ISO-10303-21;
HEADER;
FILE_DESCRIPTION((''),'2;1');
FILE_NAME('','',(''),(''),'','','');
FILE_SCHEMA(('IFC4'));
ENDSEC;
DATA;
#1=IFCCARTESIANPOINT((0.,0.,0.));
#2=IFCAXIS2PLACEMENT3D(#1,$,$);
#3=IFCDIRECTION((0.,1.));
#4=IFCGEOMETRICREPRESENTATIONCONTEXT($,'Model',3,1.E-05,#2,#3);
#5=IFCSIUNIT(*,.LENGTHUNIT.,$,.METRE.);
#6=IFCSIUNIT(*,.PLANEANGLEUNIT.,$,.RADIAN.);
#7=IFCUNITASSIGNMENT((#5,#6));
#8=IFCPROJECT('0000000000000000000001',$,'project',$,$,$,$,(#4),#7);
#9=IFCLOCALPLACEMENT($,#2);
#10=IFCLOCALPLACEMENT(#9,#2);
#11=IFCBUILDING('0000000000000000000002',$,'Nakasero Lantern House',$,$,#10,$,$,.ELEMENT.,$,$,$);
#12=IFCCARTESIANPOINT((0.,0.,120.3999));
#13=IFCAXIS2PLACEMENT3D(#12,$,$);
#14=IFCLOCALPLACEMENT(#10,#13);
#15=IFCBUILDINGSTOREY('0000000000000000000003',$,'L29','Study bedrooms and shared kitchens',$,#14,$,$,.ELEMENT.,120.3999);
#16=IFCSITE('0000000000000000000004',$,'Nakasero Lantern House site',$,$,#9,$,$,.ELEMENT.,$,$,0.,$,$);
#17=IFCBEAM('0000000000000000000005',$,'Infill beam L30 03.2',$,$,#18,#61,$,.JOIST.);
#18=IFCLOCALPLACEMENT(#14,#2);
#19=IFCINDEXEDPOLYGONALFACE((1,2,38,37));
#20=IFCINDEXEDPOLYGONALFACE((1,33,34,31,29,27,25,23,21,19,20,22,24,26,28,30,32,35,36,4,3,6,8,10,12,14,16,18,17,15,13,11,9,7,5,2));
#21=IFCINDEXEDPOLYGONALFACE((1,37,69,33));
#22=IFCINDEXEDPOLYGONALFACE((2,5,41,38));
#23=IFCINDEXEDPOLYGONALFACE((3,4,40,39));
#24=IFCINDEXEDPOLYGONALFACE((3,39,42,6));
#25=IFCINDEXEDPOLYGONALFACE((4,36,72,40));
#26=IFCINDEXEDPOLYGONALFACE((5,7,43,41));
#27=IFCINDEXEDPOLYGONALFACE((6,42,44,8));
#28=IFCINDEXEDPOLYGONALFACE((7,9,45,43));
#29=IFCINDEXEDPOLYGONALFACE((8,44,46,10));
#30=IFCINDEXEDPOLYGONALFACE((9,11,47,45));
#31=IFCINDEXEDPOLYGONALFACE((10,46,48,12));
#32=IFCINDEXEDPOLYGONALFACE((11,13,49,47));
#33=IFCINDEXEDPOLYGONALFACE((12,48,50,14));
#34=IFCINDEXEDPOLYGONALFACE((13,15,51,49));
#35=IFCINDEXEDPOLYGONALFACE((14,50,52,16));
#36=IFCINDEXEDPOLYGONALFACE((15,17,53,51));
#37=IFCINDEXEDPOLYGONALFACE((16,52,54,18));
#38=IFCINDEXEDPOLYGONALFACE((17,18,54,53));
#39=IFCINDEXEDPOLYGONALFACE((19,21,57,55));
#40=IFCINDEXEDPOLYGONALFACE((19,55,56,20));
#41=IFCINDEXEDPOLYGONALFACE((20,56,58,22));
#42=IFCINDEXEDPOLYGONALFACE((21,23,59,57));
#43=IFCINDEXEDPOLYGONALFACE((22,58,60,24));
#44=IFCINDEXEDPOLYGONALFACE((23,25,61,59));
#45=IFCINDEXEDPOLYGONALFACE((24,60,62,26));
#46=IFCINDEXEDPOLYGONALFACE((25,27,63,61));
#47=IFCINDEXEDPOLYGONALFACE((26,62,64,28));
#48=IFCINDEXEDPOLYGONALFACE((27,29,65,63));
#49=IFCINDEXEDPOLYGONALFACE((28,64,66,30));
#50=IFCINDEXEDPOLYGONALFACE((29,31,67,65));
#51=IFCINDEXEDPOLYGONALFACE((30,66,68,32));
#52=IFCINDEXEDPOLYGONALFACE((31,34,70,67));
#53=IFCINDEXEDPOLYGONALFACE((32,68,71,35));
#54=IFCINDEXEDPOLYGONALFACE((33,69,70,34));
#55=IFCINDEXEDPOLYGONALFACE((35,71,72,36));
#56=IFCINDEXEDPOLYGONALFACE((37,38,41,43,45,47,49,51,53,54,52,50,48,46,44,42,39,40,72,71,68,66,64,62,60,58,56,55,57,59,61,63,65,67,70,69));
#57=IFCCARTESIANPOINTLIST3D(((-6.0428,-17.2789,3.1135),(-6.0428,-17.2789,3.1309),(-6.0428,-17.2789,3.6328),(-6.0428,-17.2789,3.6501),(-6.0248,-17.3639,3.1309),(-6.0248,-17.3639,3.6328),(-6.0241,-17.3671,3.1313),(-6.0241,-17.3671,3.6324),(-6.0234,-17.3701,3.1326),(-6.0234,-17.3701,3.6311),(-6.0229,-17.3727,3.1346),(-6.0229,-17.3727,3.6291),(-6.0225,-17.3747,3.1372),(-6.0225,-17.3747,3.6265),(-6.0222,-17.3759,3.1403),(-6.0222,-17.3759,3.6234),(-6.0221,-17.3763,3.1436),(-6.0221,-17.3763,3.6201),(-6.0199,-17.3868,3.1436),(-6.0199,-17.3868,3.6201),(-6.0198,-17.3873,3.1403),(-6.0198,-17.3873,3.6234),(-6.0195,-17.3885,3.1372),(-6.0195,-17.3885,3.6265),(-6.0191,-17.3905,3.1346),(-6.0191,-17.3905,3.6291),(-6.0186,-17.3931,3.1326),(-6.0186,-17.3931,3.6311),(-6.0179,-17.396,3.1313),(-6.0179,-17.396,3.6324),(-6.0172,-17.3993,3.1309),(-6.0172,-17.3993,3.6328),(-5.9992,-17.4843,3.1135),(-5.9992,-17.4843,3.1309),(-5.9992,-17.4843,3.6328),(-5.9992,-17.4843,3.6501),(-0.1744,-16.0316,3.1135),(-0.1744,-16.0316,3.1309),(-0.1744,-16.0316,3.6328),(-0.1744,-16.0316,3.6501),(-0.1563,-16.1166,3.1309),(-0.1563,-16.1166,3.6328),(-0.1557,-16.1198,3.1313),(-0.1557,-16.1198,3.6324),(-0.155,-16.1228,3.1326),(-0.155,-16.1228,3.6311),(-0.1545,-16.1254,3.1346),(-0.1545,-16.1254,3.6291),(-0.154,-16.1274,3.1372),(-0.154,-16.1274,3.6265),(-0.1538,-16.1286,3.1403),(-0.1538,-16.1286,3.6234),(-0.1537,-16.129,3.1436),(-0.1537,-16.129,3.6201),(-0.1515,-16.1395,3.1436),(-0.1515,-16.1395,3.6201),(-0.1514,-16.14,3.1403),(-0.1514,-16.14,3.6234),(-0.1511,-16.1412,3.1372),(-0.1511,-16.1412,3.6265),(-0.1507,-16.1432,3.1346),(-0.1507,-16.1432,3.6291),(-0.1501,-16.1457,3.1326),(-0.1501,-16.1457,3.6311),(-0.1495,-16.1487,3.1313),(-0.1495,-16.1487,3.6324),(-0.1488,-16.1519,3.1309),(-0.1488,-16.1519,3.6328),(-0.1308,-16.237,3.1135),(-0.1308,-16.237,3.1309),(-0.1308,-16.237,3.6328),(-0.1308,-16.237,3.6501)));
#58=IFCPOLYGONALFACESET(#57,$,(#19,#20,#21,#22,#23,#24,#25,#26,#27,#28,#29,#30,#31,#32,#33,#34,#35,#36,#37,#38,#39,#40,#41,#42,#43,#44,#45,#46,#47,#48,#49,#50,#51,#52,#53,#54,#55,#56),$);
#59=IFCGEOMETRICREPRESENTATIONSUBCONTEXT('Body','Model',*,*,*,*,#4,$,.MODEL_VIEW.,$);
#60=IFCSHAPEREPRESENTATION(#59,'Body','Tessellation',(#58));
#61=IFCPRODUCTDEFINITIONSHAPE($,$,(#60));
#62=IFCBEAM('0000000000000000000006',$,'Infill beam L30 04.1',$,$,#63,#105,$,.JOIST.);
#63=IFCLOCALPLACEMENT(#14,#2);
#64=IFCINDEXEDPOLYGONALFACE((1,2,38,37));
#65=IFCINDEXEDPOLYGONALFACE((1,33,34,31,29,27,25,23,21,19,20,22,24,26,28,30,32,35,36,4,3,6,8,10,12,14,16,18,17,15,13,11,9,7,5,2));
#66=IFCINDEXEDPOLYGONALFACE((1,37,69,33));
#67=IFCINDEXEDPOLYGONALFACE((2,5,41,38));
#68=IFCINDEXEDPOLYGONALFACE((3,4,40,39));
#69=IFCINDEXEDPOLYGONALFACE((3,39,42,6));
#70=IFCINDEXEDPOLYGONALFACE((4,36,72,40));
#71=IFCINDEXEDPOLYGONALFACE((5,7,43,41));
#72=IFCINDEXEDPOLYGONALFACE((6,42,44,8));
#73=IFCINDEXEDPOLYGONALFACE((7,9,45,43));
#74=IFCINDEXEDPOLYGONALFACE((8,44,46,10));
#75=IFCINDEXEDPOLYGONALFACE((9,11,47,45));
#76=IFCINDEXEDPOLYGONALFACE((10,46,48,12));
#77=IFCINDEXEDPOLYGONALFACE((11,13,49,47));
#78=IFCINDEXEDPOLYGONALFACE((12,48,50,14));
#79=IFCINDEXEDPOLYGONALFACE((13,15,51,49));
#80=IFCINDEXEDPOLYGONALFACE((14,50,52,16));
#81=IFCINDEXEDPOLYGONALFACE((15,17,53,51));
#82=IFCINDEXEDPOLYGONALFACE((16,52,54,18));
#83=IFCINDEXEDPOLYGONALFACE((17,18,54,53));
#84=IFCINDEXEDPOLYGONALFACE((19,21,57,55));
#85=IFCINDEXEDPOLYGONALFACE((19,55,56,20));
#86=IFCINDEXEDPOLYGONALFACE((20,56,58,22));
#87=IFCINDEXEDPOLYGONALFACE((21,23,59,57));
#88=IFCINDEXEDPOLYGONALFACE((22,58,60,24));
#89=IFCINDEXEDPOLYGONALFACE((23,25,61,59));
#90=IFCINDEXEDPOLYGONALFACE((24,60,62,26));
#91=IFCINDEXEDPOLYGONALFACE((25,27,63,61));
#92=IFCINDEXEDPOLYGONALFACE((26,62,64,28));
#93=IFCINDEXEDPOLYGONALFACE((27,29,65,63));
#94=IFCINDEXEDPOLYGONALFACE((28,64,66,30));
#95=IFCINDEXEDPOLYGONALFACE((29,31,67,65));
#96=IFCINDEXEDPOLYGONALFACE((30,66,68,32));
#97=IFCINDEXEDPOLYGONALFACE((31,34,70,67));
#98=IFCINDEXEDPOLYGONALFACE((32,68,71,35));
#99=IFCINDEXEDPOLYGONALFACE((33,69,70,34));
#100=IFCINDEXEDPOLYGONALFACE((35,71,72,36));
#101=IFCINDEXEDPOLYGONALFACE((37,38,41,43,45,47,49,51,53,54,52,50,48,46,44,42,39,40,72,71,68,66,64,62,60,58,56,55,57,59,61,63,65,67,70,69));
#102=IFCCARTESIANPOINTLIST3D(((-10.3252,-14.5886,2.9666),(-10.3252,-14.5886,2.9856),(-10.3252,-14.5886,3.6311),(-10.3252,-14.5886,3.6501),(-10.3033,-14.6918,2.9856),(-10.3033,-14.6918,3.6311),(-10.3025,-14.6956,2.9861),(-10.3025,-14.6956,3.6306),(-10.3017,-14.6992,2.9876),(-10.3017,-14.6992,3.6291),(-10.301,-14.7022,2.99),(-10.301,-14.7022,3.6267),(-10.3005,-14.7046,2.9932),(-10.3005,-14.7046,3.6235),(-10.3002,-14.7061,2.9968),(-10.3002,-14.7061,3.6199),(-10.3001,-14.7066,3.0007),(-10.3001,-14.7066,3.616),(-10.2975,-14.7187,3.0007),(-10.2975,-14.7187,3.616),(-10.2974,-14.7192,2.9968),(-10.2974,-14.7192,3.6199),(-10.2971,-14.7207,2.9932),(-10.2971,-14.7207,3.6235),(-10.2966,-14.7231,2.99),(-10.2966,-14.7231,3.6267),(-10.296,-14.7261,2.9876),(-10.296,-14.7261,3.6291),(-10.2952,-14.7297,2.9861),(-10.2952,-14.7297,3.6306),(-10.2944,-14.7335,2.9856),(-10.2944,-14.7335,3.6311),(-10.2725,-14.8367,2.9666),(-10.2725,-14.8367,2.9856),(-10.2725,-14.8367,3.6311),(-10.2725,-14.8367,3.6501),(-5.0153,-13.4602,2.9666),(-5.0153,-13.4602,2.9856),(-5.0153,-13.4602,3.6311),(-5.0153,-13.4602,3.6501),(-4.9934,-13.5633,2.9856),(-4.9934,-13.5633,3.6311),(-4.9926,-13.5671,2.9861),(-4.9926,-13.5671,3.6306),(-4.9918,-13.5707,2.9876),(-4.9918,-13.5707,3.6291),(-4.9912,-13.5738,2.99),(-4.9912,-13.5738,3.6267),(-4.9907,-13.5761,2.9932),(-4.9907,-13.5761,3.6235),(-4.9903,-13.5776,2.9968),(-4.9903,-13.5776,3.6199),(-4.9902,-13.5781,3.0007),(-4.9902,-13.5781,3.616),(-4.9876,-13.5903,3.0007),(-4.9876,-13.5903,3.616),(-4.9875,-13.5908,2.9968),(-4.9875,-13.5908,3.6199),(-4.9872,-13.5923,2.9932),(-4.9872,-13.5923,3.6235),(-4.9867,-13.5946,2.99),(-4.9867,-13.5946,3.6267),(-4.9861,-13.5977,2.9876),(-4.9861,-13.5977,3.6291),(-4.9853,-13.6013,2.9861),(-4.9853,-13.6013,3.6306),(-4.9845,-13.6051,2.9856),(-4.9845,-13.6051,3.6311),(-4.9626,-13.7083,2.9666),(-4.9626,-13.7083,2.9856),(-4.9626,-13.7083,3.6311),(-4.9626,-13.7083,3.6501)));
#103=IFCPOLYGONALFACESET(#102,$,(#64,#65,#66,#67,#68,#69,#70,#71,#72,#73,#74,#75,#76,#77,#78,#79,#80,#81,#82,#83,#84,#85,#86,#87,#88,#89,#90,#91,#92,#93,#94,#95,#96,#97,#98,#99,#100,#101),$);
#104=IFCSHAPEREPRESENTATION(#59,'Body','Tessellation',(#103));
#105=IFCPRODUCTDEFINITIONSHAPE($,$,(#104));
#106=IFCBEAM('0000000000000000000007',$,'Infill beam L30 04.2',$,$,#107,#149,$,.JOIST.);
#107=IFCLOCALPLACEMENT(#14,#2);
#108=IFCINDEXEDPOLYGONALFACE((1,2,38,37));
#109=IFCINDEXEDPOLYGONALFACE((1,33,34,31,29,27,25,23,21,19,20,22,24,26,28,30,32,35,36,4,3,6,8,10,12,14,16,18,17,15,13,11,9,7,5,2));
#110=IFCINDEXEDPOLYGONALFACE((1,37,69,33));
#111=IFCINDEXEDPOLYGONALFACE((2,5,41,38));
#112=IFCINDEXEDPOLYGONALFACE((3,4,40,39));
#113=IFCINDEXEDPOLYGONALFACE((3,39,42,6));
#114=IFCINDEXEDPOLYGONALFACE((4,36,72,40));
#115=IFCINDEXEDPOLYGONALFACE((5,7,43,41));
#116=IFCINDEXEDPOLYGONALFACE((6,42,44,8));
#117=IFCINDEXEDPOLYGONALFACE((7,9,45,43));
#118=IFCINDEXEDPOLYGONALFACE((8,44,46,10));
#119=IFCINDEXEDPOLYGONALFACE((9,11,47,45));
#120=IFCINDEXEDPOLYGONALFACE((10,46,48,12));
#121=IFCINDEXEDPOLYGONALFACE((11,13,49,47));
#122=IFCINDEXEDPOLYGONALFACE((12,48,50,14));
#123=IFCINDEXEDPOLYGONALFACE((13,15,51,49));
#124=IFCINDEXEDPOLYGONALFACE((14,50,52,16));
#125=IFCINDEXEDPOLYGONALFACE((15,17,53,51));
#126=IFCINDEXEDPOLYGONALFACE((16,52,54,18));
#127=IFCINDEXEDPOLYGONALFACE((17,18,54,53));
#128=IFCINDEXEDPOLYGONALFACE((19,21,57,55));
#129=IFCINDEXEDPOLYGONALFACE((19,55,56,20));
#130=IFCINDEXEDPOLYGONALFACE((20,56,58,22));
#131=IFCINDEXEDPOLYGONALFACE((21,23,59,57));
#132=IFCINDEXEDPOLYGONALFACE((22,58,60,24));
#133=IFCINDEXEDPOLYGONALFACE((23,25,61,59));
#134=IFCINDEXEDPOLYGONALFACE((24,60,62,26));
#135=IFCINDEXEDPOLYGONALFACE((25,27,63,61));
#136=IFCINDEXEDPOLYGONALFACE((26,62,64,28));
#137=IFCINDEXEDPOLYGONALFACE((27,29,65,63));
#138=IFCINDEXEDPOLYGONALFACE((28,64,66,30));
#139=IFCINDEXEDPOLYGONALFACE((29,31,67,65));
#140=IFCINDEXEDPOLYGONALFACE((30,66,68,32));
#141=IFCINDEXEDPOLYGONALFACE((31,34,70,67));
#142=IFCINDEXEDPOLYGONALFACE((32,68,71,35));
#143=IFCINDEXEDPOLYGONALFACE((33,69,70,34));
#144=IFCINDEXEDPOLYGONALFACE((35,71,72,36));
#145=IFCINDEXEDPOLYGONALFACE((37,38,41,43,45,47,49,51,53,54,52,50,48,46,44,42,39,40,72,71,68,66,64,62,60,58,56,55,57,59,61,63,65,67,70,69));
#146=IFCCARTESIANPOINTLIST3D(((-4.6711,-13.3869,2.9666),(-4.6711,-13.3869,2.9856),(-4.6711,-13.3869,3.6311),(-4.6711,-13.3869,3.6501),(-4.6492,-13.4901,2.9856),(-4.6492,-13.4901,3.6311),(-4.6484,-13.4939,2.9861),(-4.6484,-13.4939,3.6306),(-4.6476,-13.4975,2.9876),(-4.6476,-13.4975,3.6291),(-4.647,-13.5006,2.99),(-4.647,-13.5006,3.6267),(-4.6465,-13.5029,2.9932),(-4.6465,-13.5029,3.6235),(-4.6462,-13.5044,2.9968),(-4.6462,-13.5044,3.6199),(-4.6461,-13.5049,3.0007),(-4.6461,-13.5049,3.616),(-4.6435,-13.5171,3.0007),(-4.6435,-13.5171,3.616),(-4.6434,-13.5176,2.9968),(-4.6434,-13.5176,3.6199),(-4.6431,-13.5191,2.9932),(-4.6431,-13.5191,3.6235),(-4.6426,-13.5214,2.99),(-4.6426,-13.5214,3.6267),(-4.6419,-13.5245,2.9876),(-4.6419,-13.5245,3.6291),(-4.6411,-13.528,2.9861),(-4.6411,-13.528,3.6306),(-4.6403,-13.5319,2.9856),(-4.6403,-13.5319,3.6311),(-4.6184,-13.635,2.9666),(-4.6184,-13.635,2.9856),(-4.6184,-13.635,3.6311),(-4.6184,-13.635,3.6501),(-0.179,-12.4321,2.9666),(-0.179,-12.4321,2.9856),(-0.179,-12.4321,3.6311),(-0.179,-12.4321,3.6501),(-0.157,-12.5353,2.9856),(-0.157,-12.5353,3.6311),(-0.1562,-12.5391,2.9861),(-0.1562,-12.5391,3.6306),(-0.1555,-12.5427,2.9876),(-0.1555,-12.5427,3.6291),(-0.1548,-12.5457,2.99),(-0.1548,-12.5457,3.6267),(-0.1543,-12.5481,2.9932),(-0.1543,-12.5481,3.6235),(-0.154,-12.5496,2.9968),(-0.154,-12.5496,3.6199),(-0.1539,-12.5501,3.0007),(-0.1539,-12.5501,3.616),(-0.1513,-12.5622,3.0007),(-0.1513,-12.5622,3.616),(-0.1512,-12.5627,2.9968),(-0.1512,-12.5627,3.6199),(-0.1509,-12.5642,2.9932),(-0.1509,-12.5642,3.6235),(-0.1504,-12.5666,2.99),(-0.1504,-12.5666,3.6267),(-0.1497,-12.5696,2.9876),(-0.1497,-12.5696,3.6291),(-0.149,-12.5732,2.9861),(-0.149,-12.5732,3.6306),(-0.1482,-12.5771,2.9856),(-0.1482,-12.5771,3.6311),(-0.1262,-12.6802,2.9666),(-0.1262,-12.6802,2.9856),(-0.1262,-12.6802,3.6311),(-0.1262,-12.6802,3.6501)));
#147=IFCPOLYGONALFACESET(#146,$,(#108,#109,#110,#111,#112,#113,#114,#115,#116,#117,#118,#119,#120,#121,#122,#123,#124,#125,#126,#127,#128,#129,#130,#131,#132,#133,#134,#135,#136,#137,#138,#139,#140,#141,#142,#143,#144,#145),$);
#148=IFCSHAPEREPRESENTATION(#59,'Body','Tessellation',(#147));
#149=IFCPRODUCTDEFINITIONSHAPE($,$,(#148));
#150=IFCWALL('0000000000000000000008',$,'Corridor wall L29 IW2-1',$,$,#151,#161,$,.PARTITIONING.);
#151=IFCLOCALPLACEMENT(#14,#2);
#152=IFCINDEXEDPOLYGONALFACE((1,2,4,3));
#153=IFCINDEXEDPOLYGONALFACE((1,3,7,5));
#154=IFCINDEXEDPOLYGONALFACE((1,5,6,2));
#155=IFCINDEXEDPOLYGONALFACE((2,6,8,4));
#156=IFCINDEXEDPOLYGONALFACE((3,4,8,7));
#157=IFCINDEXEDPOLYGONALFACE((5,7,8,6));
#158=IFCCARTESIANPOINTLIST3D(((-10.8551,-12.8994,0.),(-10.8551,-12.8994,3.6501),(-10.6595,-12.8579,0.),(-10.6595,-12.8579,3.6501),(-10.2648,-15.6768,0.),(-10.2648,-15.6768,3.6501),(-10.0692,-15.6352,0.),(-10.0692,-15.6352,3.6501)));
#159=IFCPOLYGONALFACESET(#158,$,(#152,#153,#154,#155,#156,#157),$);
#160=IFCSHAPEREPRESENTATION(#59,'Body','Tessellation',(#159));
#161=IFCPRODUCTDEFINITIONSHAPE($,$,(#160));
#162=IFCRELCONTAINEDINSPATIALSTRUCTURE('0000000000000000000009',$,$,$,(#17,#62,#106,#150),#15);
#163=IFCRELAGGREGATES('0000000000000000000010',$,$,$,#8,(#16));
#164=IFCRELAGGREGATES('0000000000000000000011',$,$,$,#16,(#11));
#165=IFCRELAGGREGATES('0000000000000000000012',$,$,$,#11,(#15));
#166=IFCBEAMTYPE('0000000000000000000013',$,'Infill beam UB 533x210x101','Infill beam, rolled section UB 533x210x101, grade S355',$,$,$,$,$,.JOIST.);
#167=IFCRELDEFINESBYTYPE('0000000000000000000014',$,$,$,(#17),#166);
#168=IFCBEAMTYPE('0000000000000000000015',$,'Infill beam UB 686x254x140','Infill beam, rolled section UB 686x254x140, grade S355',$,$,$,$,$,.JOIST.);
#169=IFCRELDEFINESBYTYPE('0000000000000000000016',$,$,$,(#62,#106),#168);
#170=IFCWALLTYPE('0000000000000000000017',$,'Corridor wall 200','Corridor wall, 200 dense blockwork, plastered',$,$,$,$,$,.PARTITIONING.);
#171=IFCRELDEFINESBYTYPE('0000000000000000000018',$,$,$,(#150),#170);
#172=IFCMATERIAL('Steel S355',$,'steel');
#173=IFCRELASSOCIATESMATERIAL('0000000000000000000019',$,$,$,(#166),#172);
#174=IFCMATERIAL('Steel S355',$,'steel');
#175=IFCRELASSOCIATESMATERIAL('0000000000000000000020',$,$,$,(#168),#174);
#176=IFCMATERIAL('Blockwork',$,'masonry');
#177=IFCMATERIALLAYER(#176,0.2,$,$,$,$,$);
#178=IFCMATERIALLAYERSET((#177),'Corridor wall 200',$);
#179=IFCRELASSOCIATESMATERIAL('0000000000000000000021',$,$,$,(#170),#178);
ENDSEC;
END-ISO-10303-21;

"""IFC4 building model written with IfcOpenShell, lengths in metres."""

from ifc_helpers import new_model, si_unit, direction, frame, frame_2d, origin, origin_2d, place, context, subcontext, project, spatial, rectangle, i_section, extrude, material, layer, layer_set, material_profile, profile_set, type_object, element, save


model = new_model("IFC4")

# Units and contexts
model_context = context("Model", 3, precision=1e-05, world=origin(), true_north=direction((0.0, 1.0)))
body_context = subcontext(model_context, "Body", "Model", "MODEL_VIEW")
ifc_project = project(units=[si_unit("LENGTHUNIT", "METRE"), si_unit("PLANEANGLEUNIT", "RADIAN")], contexts=[model_context])

# Site, building, storey
site_placement = place(None, origin())
site = spatial("IfcSite", under=ifc_project, at=site_placement, Name="Nakasero Lantern House site", CompositionType="ELEMENT", RefElevation=0.0)
building_placement = place(site_placement, origin())
building = spatial("IfcBuilding", under=site, at=building_placement, Name="Nakasero Lantern House", CompositionType="ELEMENT")
storey_placement = place(building_placement, frame((0.0, 0.0, 120.3999)))
storey = spatial("IfcBuildingStorey", under=building, at=storey_placement, Name="L29", Description="Study bedrooms and shared kitchens", CompositionType="ELEMENT", Elevation=120.3999)

# Beams
ifc_material_1 = material(Name="Steel S355", Category="steel")
ifc_material_profile_1 = material_profile(ifc_material_1, i_section(OverallWidth=0.21, OverallDepth=0.5366, WebThickness=0.0107, FlangeThickness=0.0173, FilletRadius=0.0127, at=origin_2d()), Name="UB 533x210x101")
ifc_profile_set_1 = profile_set([ifc_material_profile_1], Name="Steel S355")
beam_type_1 = type_object("IfcBeamType", Name="Infill beam UB 533x210x101", Description="Infill beam, rolled section UB 533x210x101, grade S355", PredefinedType="JOIST", material=ifc_profile_set_1)
beam_1_placement = place(storey_placement, frame((-6.021, -17.3816, 3.3818), z_axis=(0.978149, 0.207903, 0.0), x_axis=(-0.207903, 0.978149, 0.0)))
element("IfcBeam", 1, at=beam_1_placement, inside=storey, type_object=beam_type_1, Name="Infill beam L30 03.2", PredefinedType="JOIST", context=body_context, shape_type="SweptSolid", body=[
    extrude(i_section(OverallWidth=0.21, OverallDepth=0.5366, WebThickness=0.0107, FlangeThickness=0.0173, FilletRadius=0.0127, at=origin_2d()), origin(), (0.0, 0.0, 1.0), 5.9995),
])
ifc_material_2 = material(Name="Steel S355", Category="steel")
ifc_material_profile_2 = material_profile(ifc_material_2, i_section(OverallWidth=0.2537, OverallDepth=0.6836, WebThickness=0.0125, FlangeThickness=0.019, FilletRadius=0.0151, at=origin_2d()), Name="UB 686x254x140")
ifc_profile_set_2 = profile_set([ifc_material_profile_2], Name="Steel S355")
beam_type_2 = type_object("IfcBeamType", Name="Infill beam UB 686x254x140", Description="Infill beam, rolled section UB 686x254x140, grade S355", PredefinedType="JOIST", material=ifc_profile_set_2)
beam_2_placement = place(storey_placement, frame((-10.2988, -14.7126, 3.3083), z_axis=(0.978156, 0.207873, 0.0), x_axis=(-0.207873, 0.978156, 0.0)))
element("IfcBeam", 2, at=beam_2_placement, inside=storey, type_object=beam_type_2, Name="Infill beam L30 04.1", PredefinedType="JOIST", context=body_context, shape_type="SweptSolid", body=[
    extrude(i_section(OverallWidth=0.2537, OverallDepth=0.6836, WebThickness=0.0125, FlangeThickness=0.019, FilletRadius=0.0151, at=origin_2d()), origin(), (0.0, 0.0, 1.0), 5.4285),
])
beam_3_placement = place(storey_placement, frame((-4.6448, -13.511, 3.3083), z_axis=(0.978148, 0.20791, 0.0), x_axis=(-0.20791, 0.978148, 0.0)))
element("IfcBeam", 3, at=beam_3_placement, inside=storey, type_object=beam_type_2, Name="Infill beam L30 04.2", PredefinedType="JOIST", context=body_context, shape_type="SweptSolid", body=[
    extrude(i_section(OverallWidth=0.2537, OverallDepth=0.6836, WebThickness=0.0125, FlangeThickness=0.019, FilletRadius=0.0151, at=origin_2d()), origin(), (0.0, 0.0, 1.0), 4.5925),
])

# Wall
ifc_material_3 = material(Name="Blockwork", Category="masonry")
ifc_layer_1 = layer(ifc_material_3, 0.2)
ifc_layer_set_1 = layer_set([ifc_layer_1], Name="Corridor wall 200")
wall_type_1 = type_object("IfcWallType", Name="Corridor wall 200", Description="Corridor wall, 200 dense blockwork, plastered", PredefinedType="PARTITIONING", material=ifc_layer_set_1)
wall_1_placement = place(storey_placement, frame((-10.7573, -12.8787, 0.0), z_axis=(0.0, 0.0, 1.0), x_axis=(0.207908, -0.978148, 0.0)))
element("IfcWall", 4, at=wall_1_placement, inside=storey, type_object=wall_type_1, Name="Corridor wall L29 IW2-1", PredefinedType="PARTITIONING", context=body_context, shape_type="SweptSolid", body=[
    extrude(rectangle(XDim=2.8394, YDim=0.2, at=frame_2d((1.4197, 0.0))), origin(), (0.0, 0.0, 1.0), 3.6501),
])

save(model, "model.ifc")
